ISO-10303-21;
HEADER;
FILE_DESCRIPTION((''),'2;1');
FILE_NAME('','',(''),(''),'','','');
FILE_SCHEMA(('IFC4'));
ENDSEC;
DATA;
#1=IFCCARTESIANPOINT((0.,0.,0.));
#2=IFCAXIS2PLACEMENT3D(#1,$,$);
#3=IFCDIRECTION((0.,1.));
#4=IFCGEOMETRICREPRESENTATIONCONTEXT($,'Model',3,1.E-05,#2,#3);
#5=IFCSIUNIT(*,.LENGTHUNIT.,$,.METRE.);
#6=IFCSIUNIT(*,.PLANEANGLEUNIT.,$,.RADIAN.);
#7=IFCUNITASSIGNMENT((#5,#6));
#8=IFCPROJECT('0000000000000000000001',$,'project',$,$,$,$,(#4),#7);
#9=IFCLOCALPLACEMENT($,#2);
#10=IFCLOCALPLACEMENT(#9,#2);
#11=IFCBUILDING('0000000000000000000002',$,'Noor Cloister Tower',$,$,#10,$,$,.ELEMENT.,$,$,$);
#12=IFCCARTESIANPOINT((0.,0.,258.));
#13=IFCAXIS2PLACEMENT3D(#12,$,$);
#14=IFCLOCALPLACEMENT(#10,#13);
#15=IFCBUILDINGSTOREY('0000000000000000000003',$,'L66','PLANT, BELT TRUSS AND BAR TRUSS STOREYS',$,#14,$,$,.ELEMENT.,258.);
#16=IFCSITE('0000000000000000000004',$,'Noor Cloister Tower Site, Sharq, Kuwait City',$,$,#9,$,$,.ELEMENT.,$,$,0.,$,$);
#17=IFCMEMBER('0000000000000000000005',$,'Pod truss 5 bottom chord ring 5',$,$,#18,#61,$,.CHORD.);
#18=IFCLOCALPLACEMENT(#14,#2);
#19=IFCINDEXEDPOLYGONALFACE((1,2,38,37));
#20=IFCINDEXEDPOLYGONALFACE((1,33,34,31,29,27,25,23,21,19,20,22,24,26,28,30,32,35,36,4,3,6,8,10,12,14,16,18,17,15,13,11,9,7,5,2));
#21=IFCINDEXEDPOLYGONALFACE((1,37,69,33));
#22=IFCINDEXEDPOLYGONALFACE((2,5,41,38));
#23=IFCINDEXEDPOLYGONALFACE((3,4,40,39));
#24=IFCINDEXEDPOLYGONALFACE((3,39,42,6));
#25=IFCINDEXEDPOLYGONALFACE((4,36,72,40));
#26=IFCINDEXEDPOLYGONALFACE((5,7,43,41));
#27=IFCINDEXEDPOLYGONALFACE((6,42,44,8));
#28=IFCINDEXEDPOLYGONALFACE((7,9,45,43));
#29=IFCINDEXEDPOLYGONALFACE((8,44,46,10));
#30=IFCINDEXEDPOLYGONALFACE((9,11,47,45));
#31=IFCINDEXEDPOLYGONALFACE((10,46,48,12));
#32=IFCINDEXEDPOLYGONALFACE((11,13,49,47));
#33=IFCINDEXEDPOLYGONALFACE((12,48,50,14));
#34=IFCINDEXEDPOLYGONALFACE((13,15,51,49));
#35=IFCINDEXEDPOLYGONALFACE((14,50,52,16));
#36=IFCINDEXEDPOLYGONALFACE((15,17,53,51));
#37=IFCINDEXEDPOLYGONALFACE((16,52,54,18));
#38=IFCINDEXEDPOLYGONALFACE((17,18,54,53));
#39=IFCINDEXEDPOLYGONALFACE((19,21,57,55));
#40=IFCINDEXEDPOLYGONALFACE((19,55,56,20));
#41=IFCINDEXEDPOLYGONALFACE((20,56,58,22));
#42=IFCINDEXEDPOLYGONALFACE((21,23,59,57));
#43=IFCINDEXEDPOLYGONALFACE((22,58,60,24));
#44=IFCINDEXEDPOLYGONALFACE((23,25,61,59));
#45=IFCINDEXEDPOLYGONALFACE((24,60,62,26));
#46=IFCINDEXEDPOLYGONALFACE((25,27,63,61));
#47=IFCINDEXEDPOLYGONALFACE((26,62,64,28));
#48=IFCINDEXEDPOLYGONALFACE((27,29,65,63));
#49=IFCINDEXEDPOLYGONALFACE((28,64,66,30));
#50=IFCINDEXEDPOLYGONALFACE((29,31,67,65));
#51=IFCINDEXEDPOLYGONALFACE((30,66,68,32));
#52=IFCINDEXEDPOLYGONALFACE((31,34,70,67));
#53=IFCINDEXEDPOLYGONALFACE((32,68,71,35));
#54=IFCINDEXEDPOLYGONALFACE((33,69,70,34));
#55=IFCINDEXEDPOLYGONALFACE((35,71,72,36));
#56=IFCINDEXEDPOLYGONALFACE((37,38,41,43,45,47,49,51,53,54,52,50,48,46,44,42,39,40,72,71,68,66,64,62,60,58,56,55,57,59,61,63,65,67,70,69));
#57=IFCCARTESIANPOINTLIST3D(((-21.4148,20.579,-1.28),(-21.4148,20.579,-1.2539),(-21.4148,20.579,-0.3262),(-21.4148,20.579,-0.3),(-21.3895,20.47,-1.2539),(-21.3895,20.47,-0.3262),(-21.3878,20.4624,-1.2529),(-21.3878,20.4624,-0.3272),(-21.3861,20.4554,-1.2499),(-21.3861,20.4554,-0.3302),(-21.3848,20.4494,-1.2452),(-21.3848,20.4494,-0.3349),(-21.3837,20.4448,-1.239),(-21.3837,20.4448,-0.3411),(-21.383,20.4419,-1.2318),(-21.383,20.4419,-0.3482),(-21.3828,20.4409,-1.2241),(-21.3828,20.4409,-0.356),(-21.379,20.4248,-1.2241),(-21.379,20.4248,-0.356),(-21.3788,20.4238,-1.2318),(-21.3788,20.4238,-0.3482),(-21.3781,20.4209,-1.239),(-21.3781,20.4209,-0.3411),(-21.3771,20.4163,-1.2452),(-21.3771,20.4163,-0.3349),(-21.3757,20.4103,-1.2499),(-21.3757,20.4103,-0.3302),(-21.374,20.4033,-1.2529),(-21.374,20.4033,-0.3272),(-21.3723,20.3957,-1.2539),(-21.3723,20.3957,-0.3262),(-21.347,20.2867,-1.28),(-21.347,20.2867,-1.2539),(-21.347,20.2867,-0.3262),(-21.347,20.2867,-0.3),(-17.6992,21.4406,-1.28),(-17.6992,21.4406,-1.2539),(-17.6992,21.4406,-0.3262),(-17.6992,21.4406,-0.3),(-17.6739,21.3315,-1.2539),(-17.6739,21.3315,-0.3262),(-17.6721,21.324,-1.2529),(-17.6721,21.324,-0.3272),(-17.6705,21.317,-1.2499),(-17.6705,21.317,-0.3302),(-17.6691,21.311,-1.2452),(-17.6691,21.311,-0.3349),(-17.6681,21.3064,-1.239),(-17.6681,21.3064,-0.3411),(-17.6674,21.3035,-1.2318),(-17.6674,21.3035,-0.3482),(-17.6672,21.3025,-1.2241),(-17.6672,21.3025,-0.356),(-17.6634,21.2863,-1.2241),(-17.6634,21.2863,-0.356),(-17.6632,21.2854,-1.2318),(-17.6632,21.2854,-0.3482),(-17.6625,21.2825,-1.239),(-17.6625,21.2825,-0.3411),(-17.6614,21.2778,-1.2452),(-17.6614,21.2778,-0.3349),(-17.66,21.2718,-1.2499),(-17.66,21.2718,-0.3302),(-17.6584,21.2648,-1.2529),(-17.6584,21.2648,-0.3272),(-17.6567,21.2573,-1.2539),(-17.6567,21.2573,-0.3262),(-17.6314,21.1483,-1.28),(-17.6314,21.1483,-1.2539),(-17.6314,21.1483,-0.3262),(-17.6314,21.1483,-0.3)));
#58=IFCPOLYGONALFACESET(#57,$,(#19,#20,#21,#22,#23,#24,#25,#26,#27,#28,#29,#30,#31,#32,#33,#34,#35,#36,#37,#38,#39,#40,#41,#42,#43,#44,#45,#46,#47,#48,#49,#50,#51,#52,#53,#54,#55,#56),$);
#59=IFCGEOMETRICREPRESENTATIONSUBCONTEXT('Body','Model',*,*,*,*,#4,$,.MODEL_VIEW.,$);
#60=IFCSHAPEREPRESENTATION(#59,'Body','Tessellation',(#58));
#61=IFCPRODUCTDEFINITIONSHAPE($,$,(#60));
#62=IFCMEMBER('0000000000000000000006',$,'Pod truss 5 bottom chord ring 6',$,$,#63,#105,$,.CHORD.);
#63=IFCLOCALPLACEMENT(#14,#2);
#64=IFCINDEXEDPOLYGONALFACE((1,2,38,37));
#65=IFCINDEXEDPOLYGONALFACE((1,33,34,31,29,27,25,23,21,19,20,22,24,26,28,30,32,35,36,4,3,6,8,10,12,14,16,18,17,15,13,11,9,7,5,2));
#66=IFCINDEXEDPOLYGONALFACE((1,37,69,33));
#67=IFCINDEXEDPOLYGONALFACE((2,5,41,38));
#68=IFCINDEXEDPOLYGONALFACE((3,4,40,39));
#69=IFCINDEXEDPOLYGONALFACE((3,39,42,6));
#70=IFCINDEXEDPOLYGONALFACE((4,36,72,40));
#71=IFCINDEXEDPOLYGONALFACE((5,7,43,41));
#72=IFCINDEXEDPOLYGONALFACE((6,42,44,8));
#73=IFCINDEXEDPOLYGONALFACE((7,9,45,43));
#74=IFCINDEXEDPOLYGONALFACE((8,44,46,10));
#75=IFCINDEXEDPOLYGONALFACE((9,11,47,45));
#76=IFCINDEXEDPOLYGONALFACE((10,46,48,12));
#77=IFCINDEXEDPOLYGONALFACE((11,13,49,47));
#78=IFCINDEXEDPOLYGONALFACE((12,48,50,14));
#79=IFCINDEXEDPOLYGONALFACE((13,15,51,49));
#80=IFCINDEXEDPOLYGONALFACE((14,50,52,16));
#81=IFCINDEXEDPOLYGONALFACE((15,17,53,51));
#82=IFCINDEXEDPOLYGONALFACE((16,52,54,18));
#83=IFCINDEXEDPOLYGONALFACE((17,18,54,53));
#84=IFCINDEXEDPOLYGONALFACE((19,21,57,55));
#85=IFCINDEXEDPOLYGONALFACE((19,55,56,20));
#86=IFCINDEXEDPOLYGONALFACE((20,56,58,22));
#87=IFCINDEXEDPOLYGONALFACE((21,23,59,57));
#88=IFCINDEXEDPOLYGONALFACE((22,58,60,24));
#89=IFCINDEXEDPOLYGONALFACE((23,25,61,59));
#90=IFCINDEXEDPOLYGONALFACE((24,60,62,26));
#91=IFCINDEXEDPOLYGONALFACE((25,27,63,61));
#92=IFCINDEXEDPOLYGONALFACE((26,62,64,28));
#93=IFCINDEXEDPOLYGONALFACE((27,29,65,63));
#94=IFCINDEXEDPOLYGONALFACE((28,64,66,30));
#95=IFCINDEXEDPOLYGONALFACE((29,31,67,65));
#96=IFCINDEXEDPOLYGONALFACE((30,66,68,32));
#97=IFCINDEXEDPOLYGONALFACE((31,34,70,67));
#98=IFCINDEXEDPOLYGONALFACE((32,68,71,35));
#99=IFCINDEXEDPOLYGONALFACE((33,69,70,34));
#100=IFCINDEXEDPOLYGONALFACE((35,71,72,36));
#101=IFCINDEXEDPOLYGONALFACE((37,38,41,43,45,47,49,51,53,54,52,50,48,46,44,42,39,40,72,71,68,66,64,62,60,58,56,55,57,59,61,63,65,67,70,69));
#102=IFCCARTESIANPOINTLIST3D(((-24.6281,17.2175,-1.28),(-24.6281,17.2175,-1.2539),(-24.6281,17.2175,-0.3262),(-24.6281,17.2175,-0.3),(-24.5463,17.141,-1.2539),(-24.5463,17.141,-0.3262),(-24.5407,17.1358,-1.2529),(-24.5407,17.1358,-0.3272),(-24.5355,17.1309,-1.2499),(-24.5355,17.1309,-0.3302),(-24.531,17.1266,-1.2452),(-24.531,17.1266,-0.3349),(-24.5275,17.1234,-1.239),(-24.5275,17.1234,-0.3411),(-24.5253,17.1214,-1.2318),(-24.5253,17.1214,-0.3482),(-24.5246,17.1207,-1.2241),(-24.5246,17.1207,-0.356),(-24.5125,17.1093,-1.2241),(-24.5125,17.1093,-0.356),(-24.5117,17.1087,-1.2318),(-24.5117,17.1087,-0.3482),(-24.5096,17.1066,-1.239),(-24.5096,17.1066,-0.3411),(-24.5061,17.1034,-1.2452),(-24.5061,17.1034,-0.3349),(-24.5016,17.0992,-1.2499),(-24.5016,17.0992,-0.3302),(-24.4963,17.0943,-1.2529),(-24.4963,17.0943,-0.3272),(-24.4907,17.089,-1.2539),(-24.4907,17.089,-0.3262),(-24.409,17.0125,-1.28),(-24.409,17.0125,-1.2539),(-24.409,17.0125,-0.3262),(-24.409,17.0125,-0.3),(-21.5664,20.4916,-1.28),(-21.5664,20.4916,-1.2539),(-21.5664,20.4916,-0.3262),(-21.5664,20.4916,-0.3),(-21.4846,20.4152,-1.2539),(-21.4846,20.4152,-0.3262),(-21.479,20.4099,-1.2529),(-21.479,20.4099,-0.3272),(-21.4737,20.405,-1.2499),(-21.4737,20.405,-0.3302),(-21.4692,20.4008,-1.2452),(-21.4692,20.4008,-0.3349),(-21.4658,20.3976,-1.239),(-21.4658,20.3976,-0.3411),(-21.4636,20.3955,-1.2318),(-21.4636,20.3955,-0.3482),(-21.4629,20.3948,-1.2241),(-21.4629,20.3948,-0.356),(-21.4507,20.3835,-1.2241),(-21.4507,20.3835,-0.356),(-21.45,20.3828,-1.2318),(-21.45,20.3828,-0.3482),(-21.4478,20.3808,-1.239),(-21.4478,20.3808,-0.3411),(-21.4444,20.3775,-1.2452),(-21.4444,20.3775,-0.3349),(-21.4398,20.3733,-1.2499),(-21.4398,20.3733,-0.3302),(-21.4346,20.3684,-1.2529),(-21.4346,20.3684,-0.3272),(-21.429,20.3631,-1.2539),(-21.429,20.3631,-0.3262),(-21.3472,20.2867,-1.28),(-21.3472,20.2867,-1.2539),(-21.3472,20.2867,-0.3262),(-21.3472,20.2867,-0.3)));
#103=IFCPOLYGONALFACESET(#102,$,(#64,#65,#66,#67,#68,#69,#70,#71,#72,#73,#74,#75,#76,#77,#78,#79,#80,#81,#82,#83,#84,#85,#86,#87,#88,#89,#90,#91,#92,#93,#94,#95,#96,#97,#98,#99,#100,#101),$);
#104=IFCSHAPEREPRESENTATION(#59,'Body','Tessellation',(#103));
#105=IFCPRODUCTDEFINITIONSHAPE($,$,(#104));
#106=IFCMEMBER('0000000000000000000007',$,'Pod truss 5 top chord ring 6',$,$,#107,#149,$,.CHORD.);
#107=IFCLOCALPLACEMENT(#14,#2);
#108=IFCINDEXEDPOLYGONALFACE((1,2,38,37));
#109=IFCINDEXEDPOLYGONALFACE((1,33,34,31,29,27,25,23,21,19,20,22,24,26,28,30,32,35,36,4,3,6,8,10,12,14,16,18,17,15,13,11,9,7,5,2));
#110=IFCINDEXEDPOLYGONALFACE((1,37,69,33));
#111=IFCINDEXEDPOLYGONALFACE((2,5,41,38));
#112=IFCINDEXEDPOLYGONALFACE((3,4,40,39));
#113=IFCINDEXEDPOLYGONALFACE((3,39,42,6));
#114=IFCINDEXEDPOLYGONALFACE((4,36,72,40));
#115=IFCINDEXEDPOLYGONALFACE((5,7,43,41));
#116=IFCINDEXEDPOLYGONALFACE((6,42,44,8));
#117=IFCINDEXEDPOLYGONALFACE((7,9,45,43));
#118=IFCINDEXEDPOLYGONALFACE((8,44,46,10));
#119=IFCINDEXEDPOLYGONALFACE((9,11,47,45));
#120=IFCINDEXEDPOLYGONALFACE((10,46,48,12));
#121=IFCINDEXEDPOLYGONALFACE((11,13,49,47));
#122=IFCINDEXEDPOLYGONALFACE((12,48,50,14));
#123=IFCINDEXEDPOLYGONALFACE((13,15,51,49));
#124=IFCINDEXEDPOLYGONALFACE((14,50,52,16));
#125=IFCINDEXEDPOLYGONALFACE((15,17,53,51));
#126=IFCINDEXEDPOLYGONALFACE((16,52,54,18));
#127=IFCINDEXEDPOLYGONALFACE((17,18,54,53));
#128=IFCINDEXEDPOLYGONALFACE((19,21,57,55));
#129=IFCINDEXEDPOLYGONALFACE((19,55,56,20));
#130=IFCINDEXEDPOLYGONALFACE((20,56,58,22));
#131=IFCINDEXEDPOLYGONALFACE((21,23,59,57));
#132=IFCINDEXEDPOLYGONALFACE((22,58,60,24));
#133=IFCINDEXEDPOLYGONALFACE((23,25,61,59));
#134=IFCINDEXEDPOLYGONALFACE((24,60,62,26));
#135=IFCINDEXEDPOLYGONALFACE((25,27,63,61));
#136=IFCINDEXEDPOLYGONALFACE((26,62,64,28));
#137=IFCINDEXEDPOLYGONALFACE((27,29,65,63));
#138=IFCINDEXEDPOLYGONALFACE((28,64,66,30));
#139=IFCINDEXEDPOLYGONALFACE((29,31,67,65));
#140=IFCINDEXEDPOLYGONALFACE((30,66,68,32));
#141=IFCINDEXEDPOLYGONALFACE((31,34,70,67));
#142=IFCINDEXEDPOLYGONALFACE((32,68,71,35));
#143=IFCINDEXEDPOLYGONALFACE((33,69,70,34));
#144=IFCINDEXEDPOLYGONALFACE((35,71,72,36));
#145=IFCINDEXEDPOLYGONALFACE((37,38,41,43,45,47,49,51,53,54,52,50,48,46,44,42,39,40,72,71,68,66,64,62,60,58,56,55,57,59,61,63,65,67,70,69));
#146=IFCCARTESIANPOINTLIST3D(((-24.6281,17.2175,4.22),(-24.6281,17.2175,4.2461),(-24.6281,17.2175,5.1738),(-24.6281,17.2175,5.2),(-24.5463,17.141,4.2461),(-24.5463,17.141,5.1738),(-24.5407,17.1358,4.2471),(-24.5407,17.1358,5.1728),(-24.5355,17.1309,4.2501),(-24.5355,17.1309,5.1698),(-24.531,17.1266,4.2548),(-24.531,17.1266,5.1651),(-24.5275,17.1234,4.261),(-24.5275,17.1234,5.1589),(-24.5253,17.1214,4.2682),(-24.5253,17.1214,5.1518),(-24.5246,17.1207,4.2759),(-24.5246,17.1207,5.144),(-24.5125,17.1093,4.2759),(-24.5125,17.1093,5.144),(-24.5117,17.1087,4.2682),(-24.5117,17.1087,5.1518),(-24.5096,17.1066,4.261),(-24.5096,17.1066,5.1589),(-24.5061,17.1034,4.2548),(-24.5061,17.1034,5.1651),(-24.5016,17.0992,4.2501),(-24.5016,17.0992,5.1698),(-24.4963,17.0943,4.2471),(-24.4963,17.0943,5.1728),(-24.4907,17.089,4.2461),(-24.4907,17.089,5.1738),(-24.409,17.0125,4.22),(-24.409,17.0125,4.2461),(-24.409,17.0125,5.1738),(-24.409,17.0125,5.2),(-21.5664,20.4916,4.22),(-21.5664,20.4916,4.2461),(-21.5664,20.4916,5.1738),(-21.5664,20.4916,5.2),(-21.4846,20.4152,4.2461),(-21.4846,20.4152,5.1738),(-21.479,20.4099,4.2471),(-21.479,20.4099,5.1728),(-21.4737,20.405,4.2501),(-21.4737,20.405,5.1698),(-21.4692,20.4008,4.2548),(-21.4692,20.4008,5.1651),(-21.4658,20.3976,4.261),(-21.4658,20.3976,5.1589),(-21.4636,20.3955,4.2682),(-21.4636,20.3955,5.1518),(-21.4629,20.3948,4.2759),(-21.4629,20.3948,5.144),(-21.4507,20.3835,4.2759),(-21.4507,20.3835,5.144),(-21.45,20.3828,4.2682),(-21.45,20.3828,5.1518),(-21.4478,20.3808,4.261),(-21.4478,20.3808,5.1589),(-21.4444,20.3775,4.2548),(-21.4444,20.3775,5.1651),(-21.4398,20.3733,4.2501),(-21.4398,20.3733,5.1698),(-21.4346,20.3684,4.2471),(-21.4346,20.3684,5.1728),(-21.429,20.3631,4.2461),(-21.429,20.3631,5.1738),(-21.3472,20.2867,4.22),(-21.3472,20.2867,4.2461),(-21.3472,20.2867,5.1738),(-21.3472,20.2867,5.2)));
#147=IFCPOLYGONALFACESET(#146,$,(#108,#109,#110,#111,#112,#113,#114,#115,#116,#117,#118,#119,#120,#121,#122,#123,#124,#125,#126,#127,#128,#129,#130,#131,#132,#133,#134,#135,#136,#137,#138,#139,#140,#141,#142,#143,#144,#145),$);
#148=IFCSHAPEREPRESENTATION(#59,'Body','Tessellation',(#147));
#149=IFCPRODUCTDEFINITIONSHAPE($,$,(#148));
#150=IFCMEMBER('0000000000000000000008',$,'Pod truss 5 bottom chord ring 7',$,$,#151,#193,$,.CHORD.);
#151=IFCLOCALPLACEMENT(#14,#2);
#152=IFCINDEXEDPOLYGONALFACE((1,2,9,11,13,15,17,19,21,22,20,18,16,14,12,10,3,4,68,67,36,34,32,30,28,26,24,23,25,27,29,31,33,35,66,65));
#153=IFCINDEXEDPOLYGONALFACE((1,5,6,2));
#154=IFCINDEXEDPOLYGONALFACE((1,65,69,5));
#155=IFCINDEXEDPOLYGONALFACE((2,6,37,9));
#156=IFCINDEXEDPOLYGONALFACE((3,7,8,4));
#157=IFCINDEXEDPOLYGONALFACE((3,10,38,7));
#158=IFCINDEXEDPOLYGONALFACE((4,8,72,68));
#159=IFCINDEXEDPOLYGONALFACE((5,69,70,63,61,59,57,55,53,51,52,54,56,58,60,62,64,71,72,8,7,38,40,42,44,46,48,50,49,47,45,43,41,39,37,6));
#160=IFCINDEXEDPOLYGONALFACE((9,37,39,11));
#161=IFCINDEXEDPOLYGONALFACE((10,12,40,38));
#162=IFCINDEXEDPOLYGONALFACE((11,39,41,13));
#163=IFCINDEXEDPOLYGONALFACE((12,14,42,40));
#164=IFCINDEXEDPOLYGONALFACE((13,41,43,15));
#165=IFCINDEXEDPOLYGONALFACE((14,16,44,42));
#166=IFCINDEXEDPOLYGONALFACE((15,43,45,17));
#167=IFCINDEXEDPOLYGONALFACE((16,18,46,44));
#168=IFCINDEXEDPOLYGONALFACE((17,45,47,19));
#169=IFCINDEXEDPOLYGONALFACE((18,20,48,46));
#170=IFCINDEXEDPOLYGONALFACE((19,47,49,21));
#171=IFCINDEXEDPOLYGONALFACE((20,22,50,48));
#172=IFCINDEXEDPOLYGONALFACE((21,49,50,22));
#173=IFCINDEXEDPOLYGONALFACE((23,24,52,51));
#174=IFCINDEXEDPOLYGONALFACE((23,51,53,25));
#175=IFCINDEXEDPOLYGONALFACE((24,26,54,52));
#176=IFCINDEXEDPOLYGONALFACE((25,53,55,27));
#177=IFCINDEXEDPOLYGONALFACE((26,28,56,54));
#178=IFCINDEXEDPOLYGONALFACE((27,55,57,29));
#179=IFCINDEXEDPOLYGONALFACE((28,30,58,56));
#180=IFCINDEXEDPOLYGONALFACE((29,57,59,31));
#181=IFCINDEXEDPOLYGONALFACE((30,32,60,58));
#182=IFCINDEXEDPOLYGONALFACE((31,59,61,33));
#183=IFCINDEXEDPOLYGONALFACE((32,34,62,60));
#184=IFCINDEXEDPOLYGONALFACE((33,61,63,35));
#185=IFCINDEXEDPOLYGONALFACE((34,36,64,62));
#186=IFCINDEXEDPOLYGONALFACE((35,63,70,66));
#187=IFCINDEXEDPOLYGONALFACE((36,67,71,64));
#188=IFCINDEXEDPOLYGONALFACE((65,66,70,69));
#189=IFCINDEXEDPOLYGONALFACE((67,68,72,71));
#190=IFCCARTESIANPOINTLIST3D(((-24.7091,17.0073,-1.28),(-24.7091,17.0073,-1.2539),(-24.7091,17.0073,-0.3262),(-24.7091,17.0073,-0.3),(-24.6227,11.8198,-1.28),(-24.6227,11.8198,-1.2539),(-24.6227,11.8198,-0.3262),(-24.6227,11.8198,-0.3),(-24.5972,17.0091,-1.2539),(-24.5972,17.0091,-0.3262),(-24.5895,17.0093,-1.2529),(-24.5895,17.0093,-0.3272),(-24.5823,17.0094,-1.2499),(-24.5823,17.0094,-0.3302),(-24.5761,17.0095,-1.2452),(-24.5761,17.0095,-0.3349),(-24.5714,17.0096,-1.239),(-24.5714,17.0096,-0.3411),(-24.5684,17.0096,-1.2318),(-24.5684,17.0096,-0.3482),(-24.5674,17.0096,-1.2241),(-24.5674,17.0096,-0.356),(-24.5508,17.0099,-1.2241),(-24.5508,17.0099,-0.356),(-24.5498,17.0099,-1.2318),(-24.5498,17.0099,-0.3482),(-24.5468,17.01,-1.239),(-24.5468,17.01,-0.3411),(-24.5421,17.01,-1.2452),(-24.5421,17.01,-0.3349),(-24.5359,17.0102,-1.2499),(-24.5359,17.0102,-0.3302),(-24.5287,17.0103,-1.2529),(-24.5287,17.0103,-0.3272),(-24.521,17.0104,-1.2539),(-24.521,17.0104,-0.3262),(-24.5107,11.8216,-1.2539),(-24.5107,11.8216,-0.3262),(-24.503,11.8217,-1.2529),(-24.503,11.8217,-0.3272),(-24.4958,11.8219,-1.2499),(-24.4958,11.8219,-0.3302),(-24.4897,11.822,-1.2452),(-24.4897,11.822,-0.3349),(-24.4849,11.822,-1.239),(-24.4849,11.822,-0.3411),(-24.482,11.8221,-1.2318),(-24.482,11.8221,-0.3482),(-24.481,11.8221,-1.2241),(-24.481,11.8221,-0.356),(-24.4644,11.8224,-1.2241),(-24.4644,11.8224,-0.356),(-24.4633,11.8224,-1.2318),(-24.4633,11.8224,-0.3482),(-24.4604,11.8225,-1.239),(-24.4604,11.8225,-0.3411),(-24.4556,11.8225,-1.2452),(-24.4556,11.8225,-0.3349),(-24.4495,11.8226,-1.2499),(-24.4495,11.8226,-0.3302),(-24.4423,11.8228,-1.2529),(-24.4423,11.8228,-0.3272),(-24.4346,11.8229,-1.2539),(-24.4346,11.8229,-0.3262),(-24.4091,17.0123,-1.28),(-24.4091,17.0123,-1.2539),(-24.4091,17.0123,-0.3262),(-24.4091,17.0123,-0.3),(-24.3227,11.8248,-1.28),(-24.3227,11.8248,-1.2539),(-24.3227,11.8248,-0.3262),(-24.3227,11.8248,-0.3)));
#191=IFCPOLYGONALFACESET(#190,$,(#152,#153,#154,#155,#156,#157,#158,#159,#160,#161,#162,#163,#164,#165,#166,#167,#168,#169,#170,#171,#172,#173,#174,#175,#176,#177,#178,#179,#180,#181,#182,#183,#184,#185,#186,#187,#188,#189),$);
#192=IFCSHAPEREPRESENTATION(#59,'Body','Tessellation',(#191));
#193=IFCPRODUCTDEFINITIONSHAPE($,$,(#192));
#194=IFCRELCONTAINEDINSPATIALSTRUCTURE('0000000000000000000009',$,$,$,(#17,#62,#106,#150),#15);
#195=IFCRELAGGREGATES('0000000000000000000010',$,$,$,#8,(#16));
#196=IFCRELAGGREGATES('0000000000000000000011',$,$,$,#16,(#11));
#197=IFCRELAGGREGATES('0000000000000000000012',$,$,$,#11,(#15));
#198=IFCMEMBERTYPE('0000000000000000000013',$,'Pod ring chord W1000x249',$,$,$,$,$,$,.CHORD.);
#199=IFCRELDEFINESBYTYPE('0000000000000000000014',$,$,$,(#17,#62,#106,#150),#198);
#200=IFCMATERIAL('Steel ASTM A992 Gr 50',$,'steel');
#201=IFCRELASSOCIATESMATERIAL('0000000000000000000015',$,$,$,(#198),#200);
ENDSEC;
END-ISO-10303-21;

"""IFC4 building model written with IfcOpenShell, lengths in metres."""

from ifc_helpers import new_model, si_unit, direction, frame, origin, origin_2d, place, context, subcontext, project, spatial, i_section, extrude, material, material_profile, profile_set, type_object, element, save


model = new_model("IFC4")

# Units and contexts
model_context = context("Model", 3, precision=1e-05, world=origin(), true_north=direction((0.0, 1.0)))
body_context = subcontext(model_context, "Body", "Model", "MODEL_VIEW")
ifc_project = project(units=[si_unit("LENGTHUNIT", "METRE"), si_unit("PLANEANGLEUNIT", "RADIAN")], contexts=[model_context])

# Site, building, storey
site_placement = place(None, origin())
site = spatial("IfcSite", under=ifc_project, at=site_placement, Name="Noor Cloister Tower Site, Sharq, Kuwait City", CompositionType="ELEMENT", RefElevation=0.0)
building_placement = place(site_placement, origin())
building = spatial("IfcBuilding", under=site, at=building_placement, Name="Noor Cloister Tower", CompositionType="ELEMENT")
storey_placement = place(building_placement, frame((0.0, 0.0, 258.0)))
storey = spatial("IfcBuildingStorey", under=building, at=storey_placement, Name="L66", Description="PLANT, BELT TRUSS AND BAR TRUSS STOREYS", CompositionType="ELEMENT", Elevation=258.0)

# Members
ifc_material_1 = material(Name="Steel ASTM A992 Gr 50", Category="steel")
ifc_material_profile_1 = material_profile(ifc_material_1, i_section(OverallWidth=0.3, OverallDepth=0.98, WebThickness=0.0166, FlangeThickness=0.0261, FilletRadius=0.0298, at=origin_2d()), Name="W1000x249")
ifc_profile_set_1 = profile_set([ifc_material_profile_1], Name="Steel ASTM A992 Gr 50")
member_type_1 = type_object("IfcMemberType", Name="Pod ring chord W1000x249", PredefinedType="CHORD", material=ifc_profile_set_1)
member_1_placement = place(storey_placement, frame((-17.6653, 21.2944, -0.79), z_axis=(-0.974153, -0.225888, 0.0), x_axis=(0.225888, -0.974153, 0.0)))
element("IfcMember", 1, at=member_1_placement, inside=storey, type_object=member_type_1, Name="Pod truss 5 bottom chord ring 5", PredefinedType="CHORD", context=body_context, shape_type="SweptSolid", body=[
    extrude(i_section(OverallWidth=0.3, OverallDepth=0.98, WebThickness=0.0166, FlangeThickness=0.0261, FilletRadius=0.0298, at=origin_2d()), origin(), (0.0, 0.0, 1.0), 3.8142),
])
for number, where, z_axis, x_axis, name in (
    (2, (-21.4568, 20.3892, -0.79), (-0.683018, -0.730401, 0.0), (0.730401, -0.683018, 0.0), "Pod truss 5 bottom chord ring 6"),
    (3, (-21.4568, 20.3892, 4.71), (-0.683018, -0.730401, 0.0), (0.730401, -0.683018, 0.0), "Pod truss 5 top chord ring 6"),
):
    element("IfcMember", number, at=place(storey_placement, frame(where, z_axis=z_axis, x_axis=x_axis)), inside=storey, type_object=member_type_1, Name=name, PredefinedType="CHORD", context=body_context, shape_type="SweptSolid", body=[
        extrude(i_section(OverallWidth=0.3, OverallDepth=0.98, WebThickness=0.0166, FlangeThickness=0.0261, FilletRadius=0.0298, at=origin_2d()), origin(), (0.0, 0.0, 1.0), 4.4827),
    ])
for number, where, z_axis, x_axis, name in (
    (4, (-24.5591, 17.0098, -0.79), (0.016658, -0.999861, 0.0), (0.999861, 0.016658, 0.0), "Pod truss 5 bottom chord ring 7"),
):
    element("IfcMember", number, at=place(storey_placement, frame(where, z_axis=z_axis, x_axis=x_axis)), inside=storey, type_object=member_type_1, Name=name, PredefinedType="CHORD", context=body_context, shape_type="SweptSolid", body=[
        extrude(i_section(OverallWidth=0.3, OverallDepth=0.98, WebThickness=0.0166, FlangeThickness=0.0261, FilletRadius=0.0298, at=origin_2d()), origin(), (0.0, 0.0, 1.0), 5.1882),
    ])

save(model, "model.ifc")
